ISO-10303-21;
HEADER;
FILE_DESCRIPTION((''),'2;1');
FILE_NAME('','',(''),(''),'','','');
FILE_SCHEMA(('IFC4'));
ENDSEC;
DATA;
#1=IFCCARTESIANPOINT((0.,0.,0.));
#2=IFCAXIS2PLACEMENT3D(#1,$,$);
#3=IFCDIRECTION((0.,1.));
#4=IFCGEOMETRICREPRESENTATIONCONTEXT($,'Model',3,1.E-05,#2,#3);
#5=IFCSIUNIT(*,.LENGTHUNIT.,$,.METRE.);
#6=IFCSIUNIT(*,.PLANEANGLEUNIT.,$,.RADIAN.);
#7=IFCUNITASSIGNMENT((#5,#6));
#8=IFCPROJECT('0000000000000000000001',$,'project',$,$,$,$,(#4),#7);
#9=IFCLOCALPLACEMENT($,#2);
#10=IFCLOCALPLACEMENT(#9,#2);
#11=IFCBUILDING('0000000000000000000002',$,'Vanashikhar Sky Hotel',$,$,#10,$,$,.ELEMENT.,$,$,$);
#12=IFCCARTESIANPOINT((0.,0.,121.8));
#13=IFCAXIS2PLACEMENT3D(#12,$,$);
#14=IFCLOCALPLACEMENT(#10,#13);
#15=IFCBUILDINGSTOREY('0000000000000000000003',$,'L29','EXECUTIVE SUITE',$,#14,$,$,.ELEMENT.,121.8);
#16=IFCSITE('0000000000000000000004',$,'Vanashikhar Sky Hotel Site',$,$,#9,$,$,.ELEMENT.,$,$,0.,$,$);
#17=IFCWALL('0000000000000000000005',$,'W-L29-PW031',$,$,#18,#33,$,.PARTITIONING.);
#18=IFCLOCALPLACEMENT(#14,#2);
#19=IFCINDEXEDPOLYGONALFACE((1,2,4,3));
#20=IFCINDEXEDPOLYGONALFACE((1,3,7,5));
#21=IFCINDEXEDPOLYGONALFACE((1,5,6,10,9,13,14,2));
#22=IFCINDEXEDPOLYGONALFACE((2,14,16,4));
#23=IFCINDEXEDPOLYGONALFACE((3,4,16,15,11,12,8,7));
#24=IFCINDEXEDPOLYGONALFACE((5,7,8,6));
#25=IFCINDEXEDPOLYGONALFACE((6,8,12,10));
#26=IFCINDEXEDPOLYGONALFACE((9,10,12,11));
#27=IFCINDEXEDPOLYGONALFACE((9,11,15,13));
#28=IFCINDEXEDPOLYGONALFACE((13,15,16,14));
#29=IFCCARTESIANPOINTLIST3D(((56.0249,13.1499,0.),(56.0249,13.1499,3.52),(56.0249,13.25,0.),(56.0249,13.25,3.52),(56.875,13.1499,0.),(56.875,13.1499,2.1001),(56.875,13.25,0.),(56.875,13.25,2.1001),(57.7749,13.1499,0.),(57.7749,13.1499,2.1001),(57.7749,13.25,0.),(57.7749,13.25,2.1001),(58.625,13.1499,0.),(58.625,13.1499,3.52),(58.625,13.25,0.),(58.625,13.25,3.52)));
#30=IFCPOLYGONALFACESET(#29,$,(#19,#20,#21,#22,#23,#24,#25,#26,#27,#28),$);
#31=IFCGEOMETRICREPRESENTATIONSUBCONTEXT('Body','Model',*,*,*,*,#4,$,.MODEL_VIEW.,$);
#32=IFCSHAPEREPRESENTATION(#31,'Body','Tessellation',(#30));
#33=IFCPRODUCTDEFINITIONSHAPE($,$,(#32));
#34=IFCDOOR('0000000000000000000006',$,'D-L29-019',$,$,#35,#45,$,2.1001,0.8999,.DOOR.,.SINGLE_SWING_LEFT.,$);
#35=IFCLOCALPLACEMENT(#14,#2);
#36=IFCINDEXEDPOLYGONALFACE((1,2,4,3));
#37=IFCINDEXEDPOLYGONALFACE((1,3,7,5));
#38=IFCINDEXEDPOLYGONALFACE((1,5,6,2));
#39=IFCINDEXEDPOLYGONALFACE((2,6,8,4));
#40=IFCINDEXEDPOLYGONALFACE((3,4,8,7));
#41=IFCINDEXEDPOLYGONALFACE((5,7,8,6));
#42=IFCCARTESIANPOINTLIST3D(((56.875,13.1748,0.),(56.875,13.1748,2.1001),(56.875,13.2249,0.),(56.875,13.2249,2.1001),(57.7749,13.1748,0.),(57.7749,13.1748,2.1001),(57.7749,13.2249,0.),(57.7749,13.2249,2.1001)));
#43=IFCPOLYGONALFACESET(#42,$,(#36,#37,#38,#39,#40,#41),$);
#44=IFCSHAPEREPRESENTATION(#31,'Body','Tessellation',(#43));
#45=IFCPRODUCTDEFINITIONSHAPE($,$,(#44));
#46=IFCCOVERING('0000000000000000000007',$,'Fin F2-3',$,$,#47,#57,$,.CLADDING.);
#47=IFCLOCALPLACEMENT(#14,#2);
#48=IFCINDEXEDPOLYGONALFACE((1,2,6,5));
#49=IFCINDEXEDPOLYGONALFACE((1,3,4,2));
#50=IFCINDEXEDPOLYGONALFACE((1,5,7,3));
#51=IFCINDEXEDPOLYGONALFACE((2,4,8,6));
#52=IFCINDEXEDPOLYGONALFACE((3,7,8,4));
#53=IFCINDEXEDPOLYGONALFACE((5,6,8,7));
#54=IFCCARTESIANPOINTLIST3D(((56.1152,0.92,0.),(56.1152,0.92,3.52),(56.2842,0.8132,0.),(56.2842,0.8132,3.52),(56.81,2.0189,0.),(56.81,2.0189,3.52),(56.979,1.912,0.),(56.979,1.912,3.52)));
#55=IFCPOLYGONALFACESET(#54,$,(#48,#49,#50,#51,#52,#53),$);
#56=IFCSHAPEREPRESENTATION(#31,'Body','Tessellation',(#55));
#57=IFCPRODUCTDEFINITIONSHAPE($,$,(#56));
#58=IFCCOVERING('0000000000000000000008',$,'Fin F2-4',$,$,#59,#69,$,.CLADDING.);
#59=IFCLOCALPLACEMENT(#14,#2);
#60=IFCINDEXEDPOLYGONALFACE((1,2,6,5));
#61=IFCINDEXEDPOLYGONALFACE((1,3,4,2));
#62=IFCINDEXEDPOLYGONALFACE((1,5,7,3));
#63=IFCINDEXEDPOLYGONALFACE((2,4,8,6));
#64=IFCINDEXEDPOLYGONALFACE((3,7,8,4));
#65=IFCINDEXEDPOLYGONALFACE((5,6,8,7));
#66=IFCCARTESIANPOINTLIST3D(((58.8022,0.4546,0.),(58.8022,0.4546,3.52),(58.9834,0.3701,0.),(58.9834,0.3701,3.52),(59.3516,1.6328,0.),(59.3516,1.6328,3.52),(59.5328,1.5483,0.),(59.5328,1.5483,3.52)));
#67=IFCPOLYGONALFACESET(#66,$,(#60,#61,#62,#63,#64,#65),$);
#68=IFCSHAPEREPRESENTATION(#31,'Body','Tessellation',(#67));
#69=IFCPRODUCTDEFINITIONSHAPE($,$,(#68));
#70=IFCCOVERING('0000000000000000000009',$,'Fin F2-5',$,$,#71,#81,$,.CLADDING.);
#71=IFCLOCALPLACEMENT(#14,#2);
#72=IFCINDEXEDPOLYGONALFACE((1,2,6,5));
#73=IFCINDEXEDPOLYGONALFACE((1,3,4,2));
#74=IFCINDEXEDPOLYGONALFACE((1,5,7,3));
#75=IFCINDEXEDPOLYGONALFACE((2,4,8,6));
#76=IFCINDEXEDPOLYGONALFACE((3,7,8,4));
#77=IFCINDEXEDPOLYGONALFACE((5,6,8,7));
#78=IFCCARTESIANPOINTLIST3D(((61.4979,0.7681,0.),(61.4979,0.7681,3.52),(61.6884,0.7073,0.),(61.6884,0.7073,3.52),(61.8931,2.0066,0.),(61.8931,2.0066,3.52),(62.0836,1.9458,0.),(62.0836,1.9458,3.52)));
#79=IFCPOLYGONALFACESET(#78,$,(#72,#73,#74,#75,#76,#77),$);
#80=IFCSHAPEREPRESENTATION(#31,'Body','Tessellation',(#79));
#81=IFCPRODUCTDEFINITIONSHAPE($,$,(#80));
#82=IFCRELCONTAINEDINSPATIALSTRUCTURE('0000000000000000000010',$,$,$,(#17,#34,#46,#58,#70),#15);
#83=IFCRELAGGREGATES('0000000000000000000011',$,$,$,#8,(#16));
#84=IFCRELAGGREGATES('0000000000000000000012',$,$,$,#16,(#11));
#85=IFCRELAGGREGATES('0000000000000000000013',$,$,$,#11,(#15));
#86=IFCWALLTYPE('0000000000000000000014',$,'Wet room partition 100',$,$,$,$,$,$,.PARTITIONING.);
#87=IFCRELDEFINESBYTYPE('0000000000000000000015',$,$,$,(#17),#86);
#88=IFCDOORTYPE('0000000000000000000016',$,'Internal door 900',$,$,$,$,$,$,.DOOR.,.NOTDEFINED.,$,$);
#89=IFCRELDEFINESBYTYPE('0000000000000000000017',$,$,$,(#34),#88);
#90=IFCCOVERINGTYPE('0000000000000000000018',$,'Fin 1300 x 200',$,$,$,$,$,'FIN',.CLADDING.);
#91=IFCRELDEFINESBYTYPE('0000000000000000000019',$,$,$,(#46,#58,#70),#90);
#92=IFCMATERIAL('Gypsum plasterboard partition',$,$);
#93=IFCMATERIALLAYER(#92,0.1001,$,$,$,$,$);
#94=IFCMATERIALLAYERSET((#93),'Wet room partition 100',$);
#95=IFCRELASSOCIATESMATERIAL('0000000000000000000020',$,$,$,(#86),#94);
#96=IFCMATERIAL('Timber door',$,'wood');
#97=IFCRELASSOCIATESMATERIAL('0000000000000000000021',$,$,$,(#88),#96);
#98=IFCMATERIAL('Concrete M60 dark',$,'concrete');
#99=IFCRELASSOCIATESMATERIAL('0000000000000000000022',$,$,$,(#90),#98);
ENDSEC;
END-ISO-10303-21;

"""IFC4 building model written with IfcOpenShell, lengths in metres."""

from ifc_helpers import new_model, si_unit, direction, frame, frame_2d, origin, origin_2d, place, context, subcontext, project, spatial, rectangle, extrude, source, transform, mapped, material, layer, layer_set, material_profile, profile_set, type_object, element, fill, save


model = new_model("IFC4")

# Units and contexts
model_context = context("Model", 3, precision=1e-05, world=origin(), true_north=direction((0.0, 1.0)))
body_context = subcontext(model_context, "Body", "Model", "MODEL_VIEW")
ifc_project = project(units=[si_unit("LENGTHUNIT", "METRE"), si_unit("PLANEANGLEUNIT", "RADIAN")], contexts=[model_context])

# Site, building, storey
site_placement = place(None, origin())
site = spatial("IfcSite", under=ifc_project, at=site_placement, Name="Vanashikhar Sky Hotel Site", CompositionType="ELEMENT", RefElevation=0.0)
building_placement = place(site_placement, origin())
building = spatial("IfcBuilding", under=site, at=building_placement, Name="Vanashikhar Sky Hotel", CompositionType="ELEMENT")
storey_placement = place(building_placement, frame((0.0, 0.0, 121.8)))
storey = spatial("IfcBuildingStorey", under=building, at=storey_placement, Name="L29", Description="EXECUTIVE SUITE", CompositionType="ELEMENT", Elevation=121.8)

# Shared definitions
ifc_material_1 = material(Name="Gypsum plasterboard partition")

# Wall, opening, door
ifc_layer_1 = layer(ifc_material_1, 0.1001)
ifc_layer_set_1 = layer_set([ifc_layer_1], Name="Wet room partition 100")
wall_type_1 = type_object("IfcWallType", Name="Wet room partition 100", PredefinedType="PARTITIONING", material=ifc_layer_set_1)
shared_shape_1 = source(origin(), body_context, "Body", "SweptSolid", [
    extrude(rectangle(XDim=2.6001, YDim=0.1001, at=frame_2d((1.3, 0.0))), origin(), (0.0, 0.0, 1.0), 3.52),
])
wall_1_placement = place(storey_placement, frame((56.0249, 13.2, 0.0), z_axis=(0.0, 0.0, 1.0), x_axis=(1.0, 0.0, 0.0)))
wall_1 = element("IfcWall", 1, at=wall_1_placement, inside=storey, type_object=wall_type_1, Name="W-L29-PW031", PredefinedType="PARTITIONING", context=body_context, shape_type="MappedRepresentation", body=[
    mapped(shared_shape_1, transform((0.0, 0.0, 0.0), scale=1.0)),
])
shared_shape_2 = source(origin(), body_context, "Body", "SweptSolid", [
    extrude(rectangle(XDim=0.8999, YDim=2.1001, at=frame_2d((0.45, 1.05))), frame((0.0, 0.0601, 0.0), z_axis=(0.0, -1.0, 0.0), x_axis=(1.0, 0.0, 0.0)), (0.0, 0.0, 1.0), 0.1201),
])
opening_1_placement = place(wall_1_placement, frame((0.8501, 0.0, 0.0)))
opening_1 = element("IfcOpeningElement", 2, at=opening_1_placement, cuts=wall_1, PredefinedType="OPENING", context=body_context, shape_type="MappedRepresentation", body=[
    mapped(shared_shape_2, transform((0.0, 0.0, 0.0), scale=1.0)),
])
ifc_material_2 = material(Name="Timber door", Category="wood")
door_type = type_object("IfcDoorType", Name="Internal door 900", OperationType="NOTDEFINED", PredefinedType="DOOR", material=ifc_material_2)
shared_shape_3 = source(origin(), body_context, "Body", "SweptSolid", [
    extrude(rectangle(XDim=0.8999, YDim=2.1001, at=frame_2d((0.45, 1.05))), frame((0.0, 0.0249, 0.0), z_axis=(0.0, -1.0, 0.0), x_axis=(1.0, 0.0, 0.0)), (0.0, 0.0, 1.0), 0.05),
])
door_placement = place(opening_1_placement, origin())
door = element("IfcDoor", 3, at=door_placement, inside=storey, type_object=door_type, Name="D-L29-019", OperationType="SINGLE_SWING_LEFT", OverallHeight=2.1001, OverallWidth=0.8999, PredefinedType="DOOR", context=body_context, shape_type="MappedRepresentation", body=[
    mapped(shared_shape_3, transform((0.0, 0.0, 0.0), scale=1.0)),
])
fill(opening_1, door)

# Coverings
ifc_material_3 = material(Name="Concrete M60 dark", Category="concrete")
ifc_material_profile = material_profile(ifc_material_3, rectangle(XDim=1.3, YDim=0.2, at=origin_2d()))
ifc_profile_set = profile_set([ifc_material_profile], Name="Fin 1300 x 200")
covering_type = type_object("IfcCoveringType", Name="Fin 1300 x 200", ElementType="FIN", PredefinedType="CLADDING", material=ifc_profile_set)
shared_shape_4 = source(origin(), body_context, "Body", "SweptSolid", [
    extrude(rectangle(XDim=1.3, YDim=0.2, at=origin_2d()), origin(), (0.0, 0.0, 1.0), 3.52),
])
for number, where, z_axis, x_axis, name in (
    (4, (56.5471, 1.416, 0.0), (0.0, 0.0, 1.0), (-0.534411, -0.845225, 0.0), "Fin F2-3"),
    (5, (59.1675, 1.0015, 0.0), (0.0, 0.0, 1.0), (-0.422618, -0.906308, 0.0), "Fin F2-4"),
    (6, (61.7908, 1.3569, 0.0), (0.0, 0.0, 1.0), (-0.303967, -0.952683, 0.0), "Fin F2-5"),
):
    element("IfcCovering", number, at=place(storey_placement, frame(where, z_axis=z_axis, x_axis=x_axis)), inside=storey, type_object=covering_type, Name=name, PredefinedType="CLADDING", context=body_context, shape_type="MappedRepresentation", body=[
        mapped(shared_shape_4, transform((0.0, 0.0, 0.0), scale=1.0)),
    ])

save(model, "model.ifc")
